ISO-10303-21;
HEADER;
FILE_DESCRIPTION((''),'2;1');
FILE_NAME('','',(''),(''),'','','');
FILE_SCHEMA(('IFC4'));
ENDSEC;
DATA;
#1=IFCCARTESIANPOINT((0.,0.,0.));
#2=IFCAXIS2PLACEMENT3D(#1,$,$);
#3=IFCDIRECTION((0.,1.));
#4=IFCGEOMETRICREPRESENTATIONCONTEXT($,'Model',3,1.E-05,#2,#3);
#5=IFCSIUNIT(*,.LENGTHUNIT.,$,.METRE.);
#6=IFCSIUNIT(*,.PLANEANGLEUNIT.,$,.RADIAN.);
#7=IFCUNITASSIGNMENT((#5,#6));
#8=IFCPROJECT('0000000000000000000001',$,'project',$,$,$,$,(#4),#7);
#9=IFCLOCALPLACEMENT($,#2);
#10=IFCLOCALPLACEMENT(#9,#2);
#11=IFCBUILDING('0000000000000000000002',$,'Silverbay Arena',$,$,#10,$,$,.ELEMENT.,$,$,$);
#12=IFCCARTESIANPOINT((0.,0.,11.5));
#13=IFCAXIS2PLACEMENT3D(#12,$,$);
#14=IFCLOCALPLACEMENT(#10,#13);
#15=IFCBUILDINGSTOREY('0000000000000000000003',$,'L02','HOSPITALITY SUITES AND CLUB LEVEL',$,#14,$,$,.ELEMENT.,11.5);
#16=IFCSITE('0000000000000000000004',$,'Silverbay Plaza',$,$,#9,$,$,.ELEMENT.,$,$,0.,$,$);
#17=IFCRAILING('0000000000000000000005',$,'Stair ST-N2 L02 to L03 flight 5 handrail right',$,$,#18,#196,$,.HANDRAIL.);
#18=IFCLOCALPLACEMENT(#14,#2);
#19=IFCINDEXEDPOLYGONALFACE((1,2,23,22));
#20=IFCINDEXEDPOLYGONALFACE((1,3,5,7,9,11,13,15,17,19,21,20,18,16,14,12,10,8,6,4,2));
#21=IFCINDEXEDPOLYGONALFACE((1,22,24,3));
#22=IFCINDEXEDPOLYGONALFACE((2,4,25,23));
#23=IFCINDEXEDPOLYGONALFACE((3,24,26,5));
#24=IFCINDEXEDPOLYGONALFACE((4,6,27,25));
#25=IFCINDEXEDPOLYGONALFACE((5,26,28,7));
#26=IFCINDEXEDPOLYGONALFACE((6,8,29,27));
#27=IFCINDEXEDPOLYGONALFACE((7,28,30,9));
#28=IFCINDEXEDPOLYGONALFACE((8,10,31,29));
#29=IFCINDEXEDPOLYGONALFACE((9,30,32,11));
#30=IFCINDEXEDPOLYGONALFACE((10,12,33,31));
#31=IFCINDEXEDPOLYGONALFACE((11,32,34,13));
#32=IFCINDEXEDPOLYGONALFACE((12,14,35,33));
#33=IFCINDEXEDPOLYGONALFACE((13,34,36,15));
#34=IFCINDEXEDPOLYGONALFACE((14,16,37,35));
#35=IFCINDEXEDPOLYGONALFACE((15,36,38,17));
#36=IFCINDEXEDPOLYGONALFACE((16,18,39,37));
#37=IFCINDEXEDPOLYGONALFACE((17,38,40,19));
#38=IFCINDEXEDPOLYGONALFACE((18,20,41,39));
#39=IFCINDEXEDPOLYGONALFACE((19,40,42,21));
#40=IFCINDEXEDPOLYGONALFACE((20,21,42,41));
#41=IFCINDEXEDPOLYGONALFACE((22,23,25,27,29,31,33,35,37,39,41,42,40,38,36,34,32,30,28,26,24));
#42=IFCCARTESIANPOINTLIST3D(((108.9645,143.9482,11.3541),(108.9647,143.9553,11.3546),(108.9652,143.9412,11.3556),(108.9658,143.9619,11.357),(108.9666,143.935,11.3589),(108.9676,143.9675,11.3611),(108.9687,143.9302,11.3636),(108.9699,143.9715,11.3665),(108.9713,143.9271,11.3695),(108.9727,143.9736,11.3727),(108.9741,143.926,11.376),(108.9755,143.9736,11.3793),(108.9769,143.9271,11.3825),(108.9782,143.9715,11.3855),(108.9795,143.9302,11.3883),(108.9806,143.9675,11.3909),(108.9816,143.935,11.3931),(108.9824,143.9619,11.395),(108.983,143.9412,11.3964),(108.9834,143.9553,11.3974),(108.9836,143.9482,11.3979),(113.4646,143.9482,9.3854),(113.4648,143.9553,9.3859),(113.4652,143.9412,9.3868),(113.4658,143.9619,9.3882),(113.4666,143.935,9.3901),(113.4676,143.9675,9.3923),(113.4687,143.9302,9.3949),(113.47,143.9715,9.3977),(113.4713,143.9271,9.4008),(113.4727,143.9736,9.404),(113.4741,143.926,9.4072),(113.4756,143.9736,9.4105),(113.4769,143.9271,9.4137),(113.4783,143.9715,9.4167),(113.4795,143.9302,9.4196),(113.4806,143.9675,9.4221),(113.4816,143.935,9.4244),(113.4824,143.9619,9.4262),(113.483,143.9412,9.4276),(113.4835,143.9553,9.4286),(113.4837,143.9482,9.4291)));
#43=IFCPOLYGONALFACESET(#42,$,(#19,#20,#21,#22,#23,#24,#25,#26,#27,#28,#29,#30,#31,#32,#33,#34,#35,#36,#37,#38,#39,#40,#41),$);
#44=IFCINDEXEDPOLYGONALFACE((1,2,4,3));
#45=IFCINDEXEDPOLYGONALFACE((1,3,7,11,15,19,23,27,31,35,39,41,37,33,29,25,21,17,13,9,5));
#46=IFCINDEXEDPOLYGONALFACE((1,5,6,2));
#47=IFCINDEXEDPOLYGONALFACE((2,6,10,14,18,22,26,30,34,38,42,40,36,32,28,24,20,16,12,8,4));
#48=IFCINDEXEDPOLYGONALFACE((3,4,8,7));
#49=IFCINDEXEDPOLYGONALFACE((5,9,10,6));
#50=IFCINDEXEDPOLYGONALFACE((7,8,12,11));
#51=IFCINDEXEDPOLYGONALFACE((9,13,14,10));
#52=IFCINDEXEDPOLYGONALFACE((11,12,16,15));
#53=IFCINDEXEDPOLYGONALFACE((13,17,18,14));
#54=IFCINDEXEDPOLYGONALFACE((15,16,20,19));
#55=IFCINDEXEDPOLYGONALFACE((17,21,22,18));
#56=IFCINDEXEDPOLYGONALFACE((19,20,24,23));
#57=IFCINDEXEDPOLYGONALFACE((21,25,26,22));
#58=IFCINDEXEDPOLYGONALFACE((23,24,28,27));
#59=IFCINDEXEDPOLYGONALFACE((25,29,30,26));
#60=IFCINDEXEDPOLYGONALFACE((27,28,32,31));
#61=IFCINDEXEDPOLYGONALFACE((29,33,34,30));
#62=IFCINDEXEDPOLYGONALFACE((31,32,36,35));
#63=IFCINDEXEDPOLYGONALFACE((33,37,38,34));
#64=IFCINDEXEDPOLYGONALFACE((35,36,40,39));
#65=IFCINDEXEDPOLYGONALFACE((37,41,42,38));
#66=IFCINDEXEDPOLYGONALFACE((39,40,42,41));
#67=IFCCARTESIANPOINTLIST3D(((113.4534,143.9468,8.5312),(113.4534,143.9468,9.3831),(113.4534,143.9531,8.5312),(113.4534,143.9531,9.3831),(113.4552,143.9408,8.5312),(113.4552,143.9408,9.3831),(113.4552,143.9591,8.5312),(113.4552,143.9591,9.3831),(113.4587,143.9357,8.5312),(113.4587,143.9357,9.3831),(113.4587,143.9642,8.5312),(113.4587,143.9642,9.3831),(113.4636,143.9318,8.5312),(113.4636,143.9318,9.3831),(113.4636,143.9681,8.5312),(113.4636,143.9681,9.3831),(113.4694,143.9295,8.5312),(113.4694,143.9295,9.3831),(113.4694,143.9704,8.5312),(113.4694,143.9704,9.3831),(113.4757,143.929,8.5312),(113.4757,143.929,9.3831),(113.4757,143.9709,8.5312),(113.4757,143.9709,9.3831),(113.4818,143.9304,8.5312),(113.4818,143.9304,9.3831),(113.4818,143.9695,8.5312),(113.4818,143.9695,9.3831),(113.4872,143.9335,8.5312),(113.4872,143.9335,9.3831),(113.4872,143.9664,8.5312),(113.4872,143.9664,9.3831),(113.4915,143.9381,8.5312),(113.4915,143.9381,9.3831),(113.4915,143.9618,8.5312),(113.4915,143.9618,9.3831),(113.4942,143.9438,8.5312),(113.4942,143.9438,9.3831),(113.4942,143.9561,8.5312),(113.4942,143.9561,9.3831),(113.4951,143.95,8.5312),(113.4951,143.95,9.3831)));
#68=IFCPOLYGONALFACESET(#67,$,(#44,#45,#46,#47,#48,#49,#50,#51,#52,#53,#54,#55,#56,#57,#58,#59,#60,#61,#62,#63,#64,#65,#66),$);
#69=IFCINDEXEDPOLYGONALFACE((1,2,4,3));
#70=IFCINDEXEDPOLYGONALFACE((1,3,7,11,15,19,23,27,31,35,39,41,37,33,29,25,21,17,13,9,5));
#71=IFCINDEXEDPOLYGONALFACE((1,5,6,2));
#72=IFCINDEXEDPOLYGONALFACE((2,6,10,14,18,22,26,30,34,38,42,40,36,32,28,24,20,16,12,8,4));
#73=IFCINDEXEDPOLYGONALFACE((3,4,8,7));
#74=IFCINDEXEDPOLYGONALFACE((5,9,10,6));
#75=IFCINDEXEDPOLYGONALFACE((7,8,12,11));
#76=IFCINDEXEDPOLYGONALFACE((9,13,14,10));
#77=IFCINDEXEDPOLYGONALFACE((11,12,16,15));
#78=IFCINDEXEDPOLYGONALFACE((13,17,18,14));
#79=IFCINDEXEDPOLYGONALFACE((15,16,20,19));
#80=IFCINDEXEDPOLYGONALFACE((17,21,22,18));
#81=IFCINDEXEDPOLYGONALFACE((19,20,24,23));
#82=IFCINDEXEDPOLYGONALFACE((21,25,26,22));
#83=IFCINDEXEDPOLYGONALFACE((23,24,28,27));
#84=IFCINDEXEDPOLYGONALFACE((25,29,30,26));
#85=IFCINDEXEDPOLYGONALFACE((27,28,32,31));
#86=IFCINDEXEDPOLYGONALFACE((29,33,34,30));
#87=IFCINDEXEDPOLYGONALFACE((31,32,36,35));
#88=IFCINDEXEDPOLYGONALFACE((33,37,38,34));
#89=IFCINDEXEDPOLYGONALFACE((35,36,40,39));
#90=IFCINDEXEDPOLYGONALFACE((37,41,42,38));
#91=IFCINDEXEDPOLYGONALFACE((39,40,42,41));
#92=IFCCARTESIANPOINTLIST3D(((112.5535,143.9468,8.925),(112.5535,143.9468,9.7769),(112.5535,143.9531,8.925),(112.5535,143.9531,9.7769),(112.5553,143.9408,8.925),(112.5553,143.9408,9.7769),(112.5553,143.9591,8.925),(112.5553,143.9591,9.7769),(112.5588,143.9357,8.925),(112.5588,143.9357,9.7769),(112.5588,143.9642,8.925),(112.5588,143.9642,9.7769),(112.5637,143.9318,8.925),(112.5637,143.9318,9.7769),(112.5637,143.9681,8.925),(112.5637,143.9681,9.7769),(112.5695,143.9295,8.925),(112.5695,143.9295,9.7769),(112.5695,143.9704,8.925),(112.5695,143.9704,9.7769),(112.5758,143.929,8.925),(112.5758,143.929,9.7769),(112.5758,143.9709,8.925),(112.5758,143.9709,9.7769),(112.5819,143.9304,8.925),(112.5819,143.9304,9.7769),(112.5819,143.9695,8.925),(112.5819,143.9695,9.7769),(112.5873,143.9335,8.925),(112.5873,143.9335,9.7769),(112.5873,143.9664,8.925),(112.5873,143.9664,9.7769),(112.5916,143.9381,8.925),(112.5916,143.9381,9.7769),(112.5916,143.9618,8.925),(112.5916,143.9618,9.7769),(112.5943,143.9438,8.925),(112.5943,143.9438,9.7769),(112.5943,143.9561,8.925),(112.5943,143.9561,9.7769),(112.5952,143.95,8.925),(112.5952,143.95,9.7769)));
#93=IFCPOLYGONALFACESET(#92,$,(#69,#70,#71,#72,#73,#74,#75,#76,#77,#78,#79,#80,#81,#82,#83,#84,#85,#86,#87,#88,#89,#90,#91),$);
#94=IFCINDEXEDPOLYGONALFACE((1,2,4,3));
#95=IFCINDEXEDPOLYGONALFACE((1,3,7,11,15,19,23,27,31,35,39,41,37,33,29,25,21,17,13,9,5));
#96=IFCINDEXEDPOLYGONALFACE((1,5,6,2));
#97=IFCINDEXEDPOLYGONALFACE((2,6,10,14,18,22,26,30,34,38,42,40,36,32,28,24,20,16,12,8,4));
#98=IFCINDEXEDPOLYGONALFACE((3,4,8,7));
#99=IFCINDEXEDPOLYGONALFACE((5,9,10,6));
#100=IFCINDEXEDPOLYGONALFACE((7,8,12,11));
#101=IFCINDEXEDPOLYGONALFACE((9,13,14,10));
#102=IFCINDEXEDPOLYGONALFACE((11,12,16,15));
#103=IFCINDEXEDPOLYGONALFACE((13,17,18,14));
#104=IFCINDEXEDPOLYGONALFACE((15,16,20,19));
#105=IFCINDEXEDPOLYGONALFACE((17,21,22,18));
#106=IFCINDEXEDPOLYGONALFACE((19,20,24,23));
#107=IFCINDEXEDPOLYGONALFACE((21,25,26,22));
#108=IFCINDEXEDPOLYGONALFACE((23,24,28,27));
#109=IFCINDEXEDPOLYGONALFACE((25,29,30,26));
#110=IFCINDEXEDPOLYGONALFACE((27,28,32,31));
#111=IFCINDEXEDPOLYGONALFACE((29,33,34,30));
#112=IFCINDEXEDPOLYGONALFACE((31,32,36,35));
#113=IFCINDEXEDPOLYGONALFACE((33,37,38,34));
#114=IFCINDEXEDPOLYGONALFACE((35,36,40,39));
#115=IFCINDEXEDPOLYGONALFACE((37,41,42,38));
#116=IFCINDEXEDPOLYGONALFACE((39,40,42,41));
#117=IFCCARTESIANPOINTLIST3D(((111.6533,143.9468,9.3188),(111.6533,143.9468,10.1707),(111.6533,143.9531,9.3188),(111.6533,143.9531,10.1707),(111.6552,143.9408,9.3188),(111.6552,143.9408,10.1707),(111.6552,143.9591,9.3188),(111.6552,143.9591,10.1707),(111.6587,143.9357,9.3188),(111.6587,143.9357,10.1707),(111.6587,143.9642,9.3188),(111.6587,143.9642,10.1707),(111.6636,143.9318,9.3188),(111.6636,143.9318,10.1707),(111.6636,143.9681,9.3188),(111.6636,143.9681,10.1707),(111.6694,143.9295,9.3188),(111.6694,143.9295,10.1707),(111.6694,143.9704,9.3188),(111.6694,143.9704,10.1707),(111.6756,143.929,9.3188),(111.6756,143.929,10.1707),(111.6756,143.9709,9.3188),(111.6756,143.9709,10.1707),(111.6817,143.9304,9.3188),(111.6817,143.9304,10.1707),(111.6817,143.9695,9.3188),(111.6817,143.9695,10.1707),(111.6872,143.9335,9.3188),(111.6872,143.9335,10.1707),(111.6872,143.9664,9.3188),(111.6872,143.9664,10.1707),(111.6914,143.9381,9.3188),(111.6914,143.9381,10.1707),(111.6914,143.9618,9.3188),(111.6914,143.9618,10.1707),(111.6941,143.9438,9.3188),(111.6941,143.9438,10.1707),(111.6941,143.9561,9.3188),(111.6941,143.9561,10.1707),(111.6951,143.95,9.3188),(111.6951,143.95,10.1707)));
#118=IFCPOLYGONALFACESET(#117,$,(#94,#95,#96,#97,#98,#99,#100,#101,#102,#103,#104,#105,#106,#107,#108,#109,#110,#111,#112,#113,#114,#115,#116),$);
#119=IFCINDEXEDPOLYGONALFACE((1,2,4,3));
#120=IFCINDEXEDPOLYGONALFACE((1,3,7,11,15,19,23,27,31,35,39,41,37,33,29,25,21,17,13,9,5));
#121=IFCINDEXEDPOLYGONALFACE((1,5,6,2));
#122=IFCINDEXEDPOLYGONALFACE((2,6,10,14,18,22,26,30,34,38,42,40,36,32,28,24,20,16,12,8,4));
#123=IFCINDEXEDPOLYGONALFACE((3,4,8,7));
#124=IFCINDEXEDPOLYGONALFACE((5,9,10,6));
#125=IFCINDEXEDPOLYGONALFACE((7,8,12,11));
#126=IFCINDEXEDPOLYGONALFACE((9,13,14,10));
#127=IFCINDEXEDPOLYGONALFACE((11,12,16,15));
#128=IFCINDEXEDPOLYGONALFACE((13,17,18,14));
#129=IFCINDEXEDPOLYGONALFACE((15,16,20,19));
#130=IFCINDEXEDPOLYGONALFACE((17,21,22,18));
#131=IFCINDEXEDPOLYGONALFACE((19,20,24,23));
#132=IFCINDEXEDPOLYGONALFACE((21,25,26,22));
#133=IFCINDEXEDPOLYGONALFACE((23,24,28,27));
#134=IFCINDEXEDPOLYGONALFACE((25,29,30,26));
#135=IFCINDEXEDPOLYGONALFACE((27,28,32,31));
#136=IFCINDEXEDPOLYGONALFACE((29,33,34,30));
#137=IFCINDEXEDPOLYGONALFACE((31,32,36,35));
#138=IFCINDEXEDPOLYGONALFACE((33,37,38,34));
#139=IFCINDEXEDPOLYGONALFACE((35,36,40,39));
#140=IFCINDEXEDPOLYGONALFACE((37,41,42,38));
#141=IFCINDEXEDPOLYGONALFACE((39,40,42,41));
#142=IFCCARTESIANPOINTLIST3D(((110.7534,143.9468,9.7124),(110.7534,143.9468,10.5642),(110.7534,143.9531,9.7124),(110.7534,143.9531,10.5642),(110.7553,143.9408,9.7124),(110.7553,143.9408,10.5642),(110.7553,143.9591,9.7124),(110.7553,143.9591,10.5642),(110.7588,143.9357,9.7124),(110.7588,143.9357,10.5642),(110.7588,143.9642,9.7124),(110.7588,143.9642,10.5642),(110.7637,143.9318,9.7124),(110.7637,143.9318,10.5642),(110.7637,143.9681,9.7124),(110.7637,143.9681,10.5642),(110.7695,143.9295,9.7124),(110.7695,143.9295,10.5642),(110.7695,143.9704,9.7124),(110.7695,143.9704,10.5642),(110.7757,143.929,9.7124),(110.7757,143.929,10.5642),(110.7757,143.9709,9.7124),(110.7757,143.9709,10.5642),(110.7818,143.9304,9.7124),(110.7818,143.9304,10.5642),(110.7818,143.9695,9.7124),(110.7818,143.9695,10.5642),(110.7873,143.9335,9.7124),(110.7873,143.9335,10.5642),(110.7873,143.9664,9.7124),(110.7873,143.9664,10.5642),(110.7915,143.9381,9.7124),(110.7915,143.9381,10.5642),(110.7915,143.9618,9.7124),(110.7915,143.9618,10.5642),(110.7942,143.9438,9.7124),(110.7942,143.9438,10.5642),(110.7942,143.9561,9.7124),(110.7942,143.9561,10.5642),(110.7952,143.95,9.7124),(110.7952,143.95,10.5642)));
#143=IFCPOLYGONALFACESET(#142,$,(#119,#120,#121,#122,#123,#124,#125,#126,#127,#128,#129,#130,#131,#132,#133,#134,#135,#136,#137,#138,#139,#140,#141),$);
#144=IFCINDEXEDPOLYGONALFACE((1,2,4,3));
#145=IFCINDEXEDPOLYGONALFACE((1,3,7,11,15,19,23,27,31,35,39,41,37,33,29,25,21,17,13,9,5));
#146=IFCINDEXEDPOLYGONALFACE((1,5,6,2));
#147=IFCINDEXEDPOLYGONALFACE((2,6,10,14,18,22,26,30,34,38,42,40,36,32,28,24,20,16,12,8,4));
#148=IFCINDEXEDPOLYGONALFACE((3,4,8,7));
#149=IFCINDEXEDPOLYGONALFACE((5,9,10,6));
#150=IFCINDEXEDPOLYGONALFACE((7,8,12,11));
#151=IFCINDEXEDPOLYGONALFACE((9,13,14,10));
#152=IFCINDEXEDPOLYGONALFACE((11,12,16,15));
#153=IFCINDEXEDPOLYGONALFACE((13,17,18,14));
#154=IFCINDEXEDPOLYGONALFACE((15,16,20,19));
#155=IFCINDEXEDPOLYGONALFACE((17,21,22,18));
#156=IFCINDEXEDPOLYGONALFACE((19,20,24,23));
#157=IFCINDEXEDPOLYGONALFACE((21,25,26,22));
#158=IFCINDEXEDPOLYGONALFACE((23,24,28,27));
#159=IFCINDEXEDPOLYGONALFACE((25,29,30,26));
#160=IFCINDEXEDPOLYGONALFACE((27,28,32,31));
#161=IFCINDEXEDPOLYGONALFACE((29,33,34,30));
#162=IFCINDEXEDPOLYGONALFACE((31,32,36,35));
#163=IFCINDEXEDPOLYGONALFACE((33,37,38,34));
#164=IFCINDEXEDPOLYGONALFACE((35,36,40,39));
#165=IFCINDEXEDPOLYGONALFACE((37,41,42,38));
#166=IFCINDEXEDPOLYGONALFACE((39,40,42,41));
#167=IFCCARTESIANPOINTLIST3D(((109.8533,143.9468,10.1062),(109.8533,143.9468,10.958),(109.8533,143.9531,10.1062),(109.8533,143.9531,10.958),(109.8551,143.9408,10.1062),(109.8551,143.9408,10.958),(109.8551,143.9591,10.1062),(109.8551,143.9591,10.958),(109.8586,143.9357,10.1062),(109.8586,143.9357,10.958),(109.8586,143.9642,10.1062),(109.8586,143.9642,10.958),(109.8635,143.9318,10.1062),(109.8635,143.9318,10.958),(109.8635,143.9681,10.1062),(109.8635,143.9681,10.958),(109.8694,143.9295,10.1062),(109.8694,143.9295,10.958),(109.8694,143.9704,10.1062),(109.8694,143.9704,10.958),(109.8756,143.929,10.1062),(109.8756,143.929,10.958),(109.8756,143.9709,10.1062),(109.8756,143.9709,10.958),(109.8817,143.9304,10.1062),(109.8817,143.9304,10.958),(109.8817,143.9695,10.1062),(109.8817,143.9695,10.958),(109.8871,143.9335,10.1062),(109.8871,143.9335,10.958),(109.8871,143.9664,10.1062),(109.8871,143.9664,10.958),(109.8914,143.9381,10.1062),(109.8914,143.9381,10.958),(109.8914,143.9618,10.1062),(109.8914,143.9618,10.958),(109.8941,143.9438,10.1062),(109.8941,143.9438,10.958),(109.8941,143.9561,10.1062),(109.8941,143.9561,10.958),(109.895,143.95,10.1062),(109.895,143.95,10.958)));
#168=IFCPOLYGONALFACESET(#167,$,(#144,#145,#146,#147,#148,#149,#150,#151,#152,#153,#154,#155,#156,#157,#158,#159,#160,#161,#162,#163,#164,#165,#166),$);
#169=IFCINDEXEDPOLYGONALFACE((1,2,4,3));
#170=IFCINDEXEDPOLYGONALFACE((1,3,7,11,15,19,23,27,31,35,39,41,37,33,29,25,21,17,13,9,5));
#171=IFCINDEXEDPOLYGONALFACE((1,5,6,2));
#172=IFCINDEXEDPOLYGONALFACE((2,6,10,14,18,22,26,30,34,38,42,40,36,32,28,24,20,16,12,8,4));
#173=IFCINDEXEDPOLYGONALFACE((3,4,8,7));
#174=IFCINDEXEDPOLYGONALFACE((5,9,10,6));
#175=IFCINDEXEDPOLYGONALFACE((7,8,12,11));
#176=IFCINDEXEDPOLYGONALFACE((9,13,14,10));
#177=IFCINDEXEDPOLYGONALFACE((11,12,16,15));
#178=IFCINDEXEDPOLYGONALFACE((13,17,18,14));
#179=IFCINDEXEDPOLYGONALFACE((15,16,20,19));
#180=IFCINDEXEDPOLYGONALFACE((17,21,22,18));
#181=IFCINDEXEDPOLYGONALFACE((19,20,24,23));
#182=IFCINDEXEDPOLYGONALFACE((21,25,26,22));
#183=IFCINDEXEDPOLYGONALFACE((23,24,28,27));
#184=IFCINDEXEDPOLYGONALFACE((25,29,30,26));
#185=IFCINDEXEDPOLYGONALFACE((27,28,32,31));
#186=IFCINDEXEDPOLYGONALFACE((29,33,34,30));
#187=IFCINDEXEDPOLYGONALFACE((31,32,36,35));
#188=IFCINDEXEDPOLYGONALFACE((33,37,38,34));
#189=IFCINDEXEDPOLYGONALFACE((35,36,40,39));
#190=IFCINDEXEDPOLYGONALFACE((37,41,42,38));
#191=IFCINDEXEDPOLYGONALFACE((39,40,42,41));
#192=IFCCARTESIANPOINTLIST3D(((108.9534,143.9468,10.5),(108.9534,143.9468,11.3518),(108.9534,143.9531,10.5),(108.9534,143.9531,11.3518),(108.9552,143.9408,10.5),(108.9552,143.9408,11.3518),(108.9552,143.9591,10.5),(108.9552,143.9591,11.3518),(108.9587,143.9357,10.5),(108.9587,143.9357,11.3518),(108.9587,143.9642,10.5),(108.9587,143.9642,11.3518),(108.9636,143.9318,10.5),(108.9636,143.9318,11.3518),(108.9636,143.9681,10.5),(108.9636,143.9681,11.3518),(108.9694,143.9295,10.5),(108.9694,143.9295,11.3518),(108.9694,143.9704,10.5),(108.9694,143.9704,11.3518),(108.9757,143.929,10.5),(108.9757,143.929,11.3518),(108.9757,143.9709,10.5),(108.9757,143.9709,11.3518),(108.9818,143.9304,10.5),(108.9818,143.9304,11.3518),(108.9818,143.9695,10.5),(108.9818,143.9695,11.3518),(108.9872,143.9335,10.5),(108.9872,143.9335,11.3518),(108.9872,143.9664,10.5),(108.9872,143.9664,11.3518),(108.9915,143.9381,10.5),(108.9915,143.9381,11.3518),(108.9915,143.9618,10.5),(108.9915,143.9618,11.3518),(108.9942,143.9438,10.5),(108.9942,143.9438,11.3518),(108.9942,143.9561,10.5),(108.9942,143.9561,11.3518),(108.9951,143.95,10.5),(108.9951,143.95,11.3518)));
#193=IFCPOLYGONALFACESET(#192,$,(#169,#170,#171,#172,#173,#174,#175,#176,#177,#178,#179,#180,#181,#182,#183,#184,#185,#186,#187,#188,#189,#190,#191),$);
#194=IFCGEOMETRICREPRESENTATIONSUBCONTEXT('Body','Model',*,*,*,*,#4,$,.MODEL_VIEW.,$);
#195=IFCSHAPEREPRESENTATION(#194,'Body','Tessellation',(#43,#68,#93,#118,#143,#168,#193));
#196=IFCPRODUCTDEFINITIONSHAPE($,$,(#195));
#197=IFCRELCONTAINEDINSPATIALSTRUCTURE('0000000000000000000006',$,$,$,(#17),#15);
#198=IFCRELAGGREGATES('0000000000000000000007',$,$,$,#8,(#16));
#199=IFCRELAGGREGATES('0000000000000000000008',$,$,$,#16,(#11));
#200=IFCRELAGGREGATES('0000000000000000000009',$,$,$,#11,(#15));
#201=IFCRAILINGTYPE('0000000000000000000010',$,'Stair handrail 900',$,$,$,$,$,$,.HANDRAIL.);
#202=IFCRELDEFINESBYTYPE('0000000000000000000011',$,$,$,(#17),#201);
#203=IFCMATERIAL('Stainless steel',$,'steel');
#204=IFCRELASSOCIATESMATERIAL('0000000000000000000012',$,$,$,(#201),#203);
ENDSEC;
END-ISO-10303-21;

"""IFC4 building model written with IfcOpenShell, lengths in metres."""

from ifc_helpers import new_model, si_unit, direction, frame, origin, origin_2d, place, context, subcontext, project, spatial, circle, extrude, material, type_object, element, save


model = new_model("IFC4")

# Units and contexts
model_context = context("Model", 3, precision=1e-05, world=origin(), true_north=direction((0.0, 1.0)))
body_context = subcontext(model_context, "Body", "Model", "MODEL_VIEW")
ifc_project = project(units=[si_unit("LENGTHUNIT", "METRE"), si_unit("PLANEANGLEUNIT", "RADIAN")], contexts=[model_context])

# Site, building, storey
site_placement = place(None, origin())
site = spatial("IfcSite", under=ifc_project, at=site_placement, Name="Silverbay Plaza", CompositionType="ELEMENT", RefElevation=0.0)
building_placement = place(site_placement, origin())
building = spatial("IfcBuilding", under=site, at=building_placement, Name="Silverbay Arena", CompositionType="ELEMENT")
storey_placement = place(building_placement, frame((0.0, 0.0, 11.5)))
storey = spatial("IfcBuildingStorey", under=building, at=storey_placement, Name="L02", Description="HOSPITALITY SUITES AND CLUB LEVEL", CompositionType="ELEMENT", Elevation=11.5)

# Railing
ifc_material_1 = material(Name="Stainless steel", Category="steel")
railing_type_1 = type_object("IfcRailingType", Name="Stair handrail 900", PredefinedType="HANDRAIL", material=ifc_material_1)
for number, where, name in (
    (1, (113.4741, 143.95, 8.5312), "Stair ST-N2 L02 to L03 flight 5 handrail right"),
):
    element("IfcRailing", number, at=place(storey_placement, frame(where)), inside=storey, type_object=railing_type_1, Name=name, PredefinedType="HANDRAIL", context=body_context, shape_type="SweptSolid", body=[
        extrude(circle(Radius=0.0239, at=origin_2d()), frame((0.0, 0.0, 0.876), z_axis=(-0.916157, 0.0, 0.400819), x_axis=(0.0, -1.0, 0.0)), (0.0, 0.0, 1.0), 4.9119),
        extrude(circle(Radius=0.021, at=origin_2d()), origin(), (0.0, 0.0, 1.0), 0.8518),
        extrude(circle(Radius=0.021, at=origin_2d()), frame((-0.8999, 0.0, 0.3938)), (0.0, 0.0, 1.0), 0.8518),
        extrude(circle(Radius=0.021, at=origin_2d()), frame((-1.8, 0.0, 0.7876)), (0.0, 0.0, 1.0), 0.8518),
        extrude(circle(Radius=0.021, at=origin_2d()), frame((-2.7, 0.0, 1.1812)), (0.0, 0.0, 1.0), 0.8518),
        extrude(circle(Radius=0.021, at=origin_2d()), frame((-3.6001, 0.0, 1.575)), (0.0, 0.0, 1.0), 0.8518),
        extrude(circle(Radius=0.021, at=origin_2d()), frame((-4.5, 0.0, 1.9688)), (0.0, 0.0, 1.0), 0.8518),
    ])

save(model, "model.ifc")
